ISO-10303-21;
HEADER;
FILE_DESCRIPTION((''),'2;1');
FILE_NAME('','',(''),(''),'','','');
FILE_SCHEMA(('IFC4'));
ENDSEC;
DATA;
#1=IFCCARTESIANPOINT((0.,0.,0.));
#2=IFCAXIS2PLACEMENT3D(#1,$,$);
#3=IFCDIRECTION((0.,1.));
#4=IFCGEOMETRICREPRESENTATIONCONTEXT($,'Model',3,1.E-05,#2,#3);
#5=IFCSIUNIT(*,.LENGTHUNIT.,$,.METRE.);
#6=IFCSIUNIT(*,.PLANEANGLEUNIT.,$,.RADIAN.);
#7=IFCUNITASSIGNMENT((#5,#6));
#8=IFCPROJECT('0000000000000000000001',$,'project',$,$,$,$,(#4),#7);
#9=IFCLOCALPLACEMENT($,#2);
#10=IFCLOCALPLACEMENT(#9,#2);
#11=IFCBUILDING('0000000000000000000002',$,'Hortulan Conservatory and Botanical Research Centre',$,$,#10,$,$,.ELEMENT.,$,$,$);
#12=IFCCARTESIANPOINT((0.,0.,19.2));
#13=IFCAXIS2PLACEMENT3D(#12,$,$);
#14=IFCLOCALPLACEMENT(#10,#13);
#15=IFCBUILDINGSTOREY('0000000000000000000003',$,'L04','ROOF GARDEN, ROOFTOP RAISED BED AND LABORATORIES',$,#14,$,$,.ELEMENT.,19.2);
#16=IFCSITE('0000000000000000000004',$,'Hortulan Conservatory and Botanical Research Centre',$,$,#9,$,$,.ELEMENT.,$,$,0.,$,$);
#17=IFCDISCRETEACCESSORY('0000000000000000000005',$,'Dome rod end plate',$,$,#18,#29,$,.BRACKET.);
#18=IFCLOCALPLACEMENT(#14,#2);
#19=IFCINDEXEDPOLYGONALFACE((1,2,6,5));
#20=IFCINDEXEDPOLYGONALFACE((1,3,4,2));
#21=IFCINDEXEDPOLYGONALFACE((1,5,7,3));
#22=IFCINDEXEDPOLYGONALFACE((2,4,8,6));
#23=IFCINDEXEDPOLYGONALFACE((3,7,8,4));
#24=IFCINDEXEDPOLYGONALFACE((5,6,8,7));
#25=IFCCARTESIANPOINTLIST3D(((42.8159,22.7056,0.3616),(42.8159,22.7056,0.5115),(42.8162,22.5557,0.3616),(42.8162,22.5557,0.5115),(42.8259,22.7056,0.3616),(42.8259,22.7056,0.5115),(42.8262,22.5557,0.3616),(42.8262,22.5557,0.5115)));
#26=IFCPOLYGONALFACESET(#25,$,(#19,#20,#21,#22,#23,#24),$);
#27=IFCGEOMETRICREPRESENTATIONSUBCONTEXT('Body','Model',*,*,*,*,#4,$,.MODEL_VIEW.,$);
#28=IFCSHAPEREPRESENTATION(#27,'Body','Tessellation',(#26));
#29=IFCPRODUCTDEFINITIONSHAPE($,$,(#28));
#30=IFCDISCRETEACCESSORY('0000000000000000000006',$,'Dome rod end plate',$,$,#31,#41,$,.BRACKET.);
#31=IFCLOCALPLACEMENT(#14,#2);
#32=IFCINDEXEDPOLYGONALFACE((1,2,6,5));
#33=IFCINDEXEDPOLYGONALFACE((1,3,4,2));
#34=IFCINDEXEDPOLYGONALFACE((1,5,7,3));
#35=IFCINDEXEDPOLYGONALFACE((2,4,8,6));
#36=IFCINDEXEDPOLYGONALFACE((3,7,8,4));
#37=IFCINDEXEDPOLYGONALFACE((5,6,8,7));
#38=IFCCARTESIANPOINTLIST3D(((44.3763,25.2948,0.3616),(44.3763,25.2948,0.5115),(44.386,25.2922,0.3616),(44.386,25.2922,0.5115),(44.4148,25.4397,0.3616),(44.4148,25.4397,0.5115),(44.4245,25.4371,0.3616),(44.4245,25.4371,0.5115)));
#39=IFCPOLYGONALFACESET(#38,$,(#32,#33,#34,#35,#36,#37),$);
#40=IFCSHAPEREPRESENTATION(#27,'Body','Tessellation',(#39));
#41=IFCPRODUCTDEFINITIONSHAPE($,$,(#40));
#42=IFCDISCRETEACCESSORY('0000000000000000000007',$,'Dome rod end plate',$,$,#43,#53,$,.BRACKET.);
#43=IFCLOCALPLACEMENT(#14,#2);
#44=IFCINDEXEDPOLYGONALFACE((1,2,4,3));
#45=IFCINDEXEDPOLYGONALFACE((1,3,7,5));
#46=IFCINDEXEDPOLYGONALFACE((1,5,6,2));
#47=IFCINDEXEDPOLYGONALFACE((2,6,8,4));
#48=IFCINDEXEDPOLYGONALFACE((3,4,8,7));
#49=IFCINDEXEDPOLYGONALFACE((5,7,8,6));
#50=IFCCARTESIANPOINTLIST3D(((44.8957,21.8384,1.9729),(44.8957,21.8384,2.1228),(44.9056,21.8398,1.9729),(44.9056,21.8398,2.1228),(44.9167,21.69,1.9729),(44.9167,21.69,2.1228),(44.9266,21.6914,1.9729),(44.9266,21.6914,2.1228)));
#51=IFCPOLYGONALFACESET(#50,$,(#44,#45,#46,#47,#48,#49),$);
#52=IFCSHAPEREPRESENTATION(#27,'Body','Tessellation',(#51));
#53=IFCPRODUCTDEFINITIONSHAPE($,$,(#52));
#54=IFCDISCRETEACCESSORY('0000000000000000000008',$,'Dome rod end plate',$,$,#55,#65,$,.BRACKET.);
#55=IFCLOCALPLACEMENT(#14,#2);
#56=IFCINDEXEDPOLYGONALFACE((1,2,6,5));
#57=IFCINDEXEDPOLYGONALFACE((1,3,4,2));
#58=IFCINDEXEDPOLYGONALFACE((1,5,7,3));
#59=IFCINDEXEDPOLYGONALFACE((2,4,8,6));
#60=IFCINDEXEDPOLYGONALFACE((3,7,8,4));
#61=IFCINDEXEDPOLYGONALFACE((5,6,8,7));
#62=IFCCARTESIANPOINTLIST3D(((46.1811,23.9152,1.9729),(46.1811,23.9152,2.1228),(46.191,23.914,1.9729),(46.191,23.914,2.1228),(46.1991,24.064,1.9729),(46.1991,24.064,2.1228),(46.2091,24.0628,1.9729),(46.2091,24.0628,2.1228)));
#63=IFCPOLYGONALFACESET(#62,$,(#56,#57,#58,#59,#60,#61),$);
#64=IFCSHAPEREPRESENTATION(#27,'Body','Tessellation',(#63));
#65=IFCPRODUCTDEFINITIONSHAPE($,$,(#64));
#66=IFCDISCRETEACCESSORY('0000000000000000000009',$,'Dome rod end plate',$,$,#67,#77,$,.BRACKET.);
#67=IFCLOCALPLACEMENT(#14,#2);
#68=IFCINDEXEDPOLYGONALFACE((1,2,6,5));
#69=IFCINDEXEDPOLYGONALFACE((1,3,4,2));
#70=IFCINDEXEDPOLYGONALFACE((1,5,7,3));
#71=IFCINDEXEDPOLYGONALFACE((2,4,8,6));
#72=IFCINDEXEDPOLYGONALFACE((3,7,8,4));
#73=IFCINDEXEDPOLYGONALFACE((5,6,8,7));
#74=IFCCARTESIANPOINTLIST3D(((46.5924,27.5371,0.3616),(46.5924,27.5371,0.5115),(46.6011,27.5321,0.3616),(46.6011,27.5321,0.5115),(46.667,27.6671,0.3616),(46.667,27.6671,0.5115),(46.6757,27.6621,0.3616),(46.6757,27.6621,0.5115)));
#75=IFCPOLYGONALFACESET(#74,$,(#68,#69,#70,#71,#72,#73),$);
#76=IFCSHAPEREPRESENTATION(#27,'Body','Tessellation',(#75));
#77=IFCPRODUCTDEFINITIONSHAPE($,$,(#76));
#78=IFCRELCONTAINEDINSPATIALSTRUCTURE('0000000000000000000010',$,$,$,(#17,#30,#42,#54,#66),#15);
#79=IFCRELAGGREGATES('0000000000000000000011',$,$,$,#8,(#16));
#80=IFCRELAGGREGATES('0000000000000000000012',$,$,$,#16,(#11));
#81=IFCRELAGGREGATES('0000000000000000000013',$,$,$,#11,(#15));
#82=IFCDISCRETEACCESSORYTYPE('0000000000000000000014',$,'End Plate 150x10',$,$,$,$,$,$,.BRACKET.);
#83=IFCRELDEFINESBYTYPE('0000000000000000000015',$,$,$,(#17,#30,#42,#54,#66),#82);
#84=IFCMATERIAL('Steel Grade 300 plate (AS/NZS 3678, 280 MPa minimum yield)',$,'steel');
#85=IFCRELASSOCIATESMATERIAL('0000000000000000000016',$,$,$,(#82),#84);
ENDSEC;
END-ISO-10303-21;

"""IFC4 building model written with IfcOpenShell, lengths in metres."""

from ifc_helpers import new_model, si_unit, direction, frame, origin, origin_2d, place, context, subcontext, project, spatial, rectangle, extrude, material, type_object, element, save


model = new_model("IFC4")

# Units and contexts
model_context = context("Model", 3, precision=1e-05, world=origin(), true_north=direction((0.0, 1.0)))
body_context = subcontext(model_context, "Body", "Model", "MODEL_VIEW")
ifc_project = project(units=[si_unit("LENGTHUNIT", "METRE"), si_unit("PLANEANGLEUNIT", "RADIAN")], contexts=[model_context])

# Site, building, storey
site_placement = place(None, origin())
site = spatial("IfcSite", under=ifc_project, at=site_placement, Name="Hortulan Conservatory and Botanical Research Centre", CompositionType="ELEMENT", RefElevation=0.0)
building_placement = place(site_placement, origin())
building = spatial("IfcBuilding", under=site, at=building_placement, Name="Hortulan Conservatory and Botanical Research Centre", CompositionType="ELEMENT")
storey_placement = place(building_placement, frame((0.0, 0.0, 19.2)))
storey = spatial("IfcBuildingStorey", under=building, at=storey_placement, Name="L04", Description="ROOF GARDEN, ROOFTOP RAISED BED AND LABORATORIES", CompositionType="ELEMENT", Elevation=19.2)

# Discrete accessories
ifc_material_1 = material(Name="Steel Grade 300 plate (AS/NZS 3678, 280 MPa minimum yield)", Category="steel")
discrete_accessory_type = type_object("IfcDiscreteAccessoryType", Name="End Plate 150x10", PredefinedType="BRACKET", material=ifc_material_1)
for number, where, z_axis, x_axis, name in (
    (1, (42.821, 22.6306, 0.3616), (0.0, 0.0, 1.0), (0.002374, -0.999997, 0.0), "Dome rod end plate"),
    (2, (44.4004, 25.366, 0.3616), (0.0, 0.0, 1.0), (0.256542, 0.966533, 0.0), "Dome rod end plate"),
    (3, (44.9111, 21.7649, 1.9729), (0.0, 0.0, 1.0), (0.140417, -0.990092, 0.0), "Dome rod end plate"),
    (4, (46.1951, 23.989, 1.9729), (0.0, 0.0, 1.0), (0.120674, 0.992692, 0.0), "Dome rod end plate"),
    (5, (46.634, 27.5996, 0.3616), (0.0, 0.0, 1.0), (0.497958, 0.867201, 0.0), "Dome rod end plate"),
):
    element("IfcDiscreteAccessory", number, at=place(storey_placement, frame(where, z_axis=z_axis, x_axis=x_axis)), inside=storey, type_object=discrete_accessory_type, Name=name, PredefinedType="BRACKET", context=body_context, shape_type="SweptSolid", body=[
        extrude(rectangle(XDim=0.1499, YDim=0.01, at=origin_2d()), origin(), (0.0, 0.0, 1.0), 0.1499),
    ])

save(model, "model.ifc")
